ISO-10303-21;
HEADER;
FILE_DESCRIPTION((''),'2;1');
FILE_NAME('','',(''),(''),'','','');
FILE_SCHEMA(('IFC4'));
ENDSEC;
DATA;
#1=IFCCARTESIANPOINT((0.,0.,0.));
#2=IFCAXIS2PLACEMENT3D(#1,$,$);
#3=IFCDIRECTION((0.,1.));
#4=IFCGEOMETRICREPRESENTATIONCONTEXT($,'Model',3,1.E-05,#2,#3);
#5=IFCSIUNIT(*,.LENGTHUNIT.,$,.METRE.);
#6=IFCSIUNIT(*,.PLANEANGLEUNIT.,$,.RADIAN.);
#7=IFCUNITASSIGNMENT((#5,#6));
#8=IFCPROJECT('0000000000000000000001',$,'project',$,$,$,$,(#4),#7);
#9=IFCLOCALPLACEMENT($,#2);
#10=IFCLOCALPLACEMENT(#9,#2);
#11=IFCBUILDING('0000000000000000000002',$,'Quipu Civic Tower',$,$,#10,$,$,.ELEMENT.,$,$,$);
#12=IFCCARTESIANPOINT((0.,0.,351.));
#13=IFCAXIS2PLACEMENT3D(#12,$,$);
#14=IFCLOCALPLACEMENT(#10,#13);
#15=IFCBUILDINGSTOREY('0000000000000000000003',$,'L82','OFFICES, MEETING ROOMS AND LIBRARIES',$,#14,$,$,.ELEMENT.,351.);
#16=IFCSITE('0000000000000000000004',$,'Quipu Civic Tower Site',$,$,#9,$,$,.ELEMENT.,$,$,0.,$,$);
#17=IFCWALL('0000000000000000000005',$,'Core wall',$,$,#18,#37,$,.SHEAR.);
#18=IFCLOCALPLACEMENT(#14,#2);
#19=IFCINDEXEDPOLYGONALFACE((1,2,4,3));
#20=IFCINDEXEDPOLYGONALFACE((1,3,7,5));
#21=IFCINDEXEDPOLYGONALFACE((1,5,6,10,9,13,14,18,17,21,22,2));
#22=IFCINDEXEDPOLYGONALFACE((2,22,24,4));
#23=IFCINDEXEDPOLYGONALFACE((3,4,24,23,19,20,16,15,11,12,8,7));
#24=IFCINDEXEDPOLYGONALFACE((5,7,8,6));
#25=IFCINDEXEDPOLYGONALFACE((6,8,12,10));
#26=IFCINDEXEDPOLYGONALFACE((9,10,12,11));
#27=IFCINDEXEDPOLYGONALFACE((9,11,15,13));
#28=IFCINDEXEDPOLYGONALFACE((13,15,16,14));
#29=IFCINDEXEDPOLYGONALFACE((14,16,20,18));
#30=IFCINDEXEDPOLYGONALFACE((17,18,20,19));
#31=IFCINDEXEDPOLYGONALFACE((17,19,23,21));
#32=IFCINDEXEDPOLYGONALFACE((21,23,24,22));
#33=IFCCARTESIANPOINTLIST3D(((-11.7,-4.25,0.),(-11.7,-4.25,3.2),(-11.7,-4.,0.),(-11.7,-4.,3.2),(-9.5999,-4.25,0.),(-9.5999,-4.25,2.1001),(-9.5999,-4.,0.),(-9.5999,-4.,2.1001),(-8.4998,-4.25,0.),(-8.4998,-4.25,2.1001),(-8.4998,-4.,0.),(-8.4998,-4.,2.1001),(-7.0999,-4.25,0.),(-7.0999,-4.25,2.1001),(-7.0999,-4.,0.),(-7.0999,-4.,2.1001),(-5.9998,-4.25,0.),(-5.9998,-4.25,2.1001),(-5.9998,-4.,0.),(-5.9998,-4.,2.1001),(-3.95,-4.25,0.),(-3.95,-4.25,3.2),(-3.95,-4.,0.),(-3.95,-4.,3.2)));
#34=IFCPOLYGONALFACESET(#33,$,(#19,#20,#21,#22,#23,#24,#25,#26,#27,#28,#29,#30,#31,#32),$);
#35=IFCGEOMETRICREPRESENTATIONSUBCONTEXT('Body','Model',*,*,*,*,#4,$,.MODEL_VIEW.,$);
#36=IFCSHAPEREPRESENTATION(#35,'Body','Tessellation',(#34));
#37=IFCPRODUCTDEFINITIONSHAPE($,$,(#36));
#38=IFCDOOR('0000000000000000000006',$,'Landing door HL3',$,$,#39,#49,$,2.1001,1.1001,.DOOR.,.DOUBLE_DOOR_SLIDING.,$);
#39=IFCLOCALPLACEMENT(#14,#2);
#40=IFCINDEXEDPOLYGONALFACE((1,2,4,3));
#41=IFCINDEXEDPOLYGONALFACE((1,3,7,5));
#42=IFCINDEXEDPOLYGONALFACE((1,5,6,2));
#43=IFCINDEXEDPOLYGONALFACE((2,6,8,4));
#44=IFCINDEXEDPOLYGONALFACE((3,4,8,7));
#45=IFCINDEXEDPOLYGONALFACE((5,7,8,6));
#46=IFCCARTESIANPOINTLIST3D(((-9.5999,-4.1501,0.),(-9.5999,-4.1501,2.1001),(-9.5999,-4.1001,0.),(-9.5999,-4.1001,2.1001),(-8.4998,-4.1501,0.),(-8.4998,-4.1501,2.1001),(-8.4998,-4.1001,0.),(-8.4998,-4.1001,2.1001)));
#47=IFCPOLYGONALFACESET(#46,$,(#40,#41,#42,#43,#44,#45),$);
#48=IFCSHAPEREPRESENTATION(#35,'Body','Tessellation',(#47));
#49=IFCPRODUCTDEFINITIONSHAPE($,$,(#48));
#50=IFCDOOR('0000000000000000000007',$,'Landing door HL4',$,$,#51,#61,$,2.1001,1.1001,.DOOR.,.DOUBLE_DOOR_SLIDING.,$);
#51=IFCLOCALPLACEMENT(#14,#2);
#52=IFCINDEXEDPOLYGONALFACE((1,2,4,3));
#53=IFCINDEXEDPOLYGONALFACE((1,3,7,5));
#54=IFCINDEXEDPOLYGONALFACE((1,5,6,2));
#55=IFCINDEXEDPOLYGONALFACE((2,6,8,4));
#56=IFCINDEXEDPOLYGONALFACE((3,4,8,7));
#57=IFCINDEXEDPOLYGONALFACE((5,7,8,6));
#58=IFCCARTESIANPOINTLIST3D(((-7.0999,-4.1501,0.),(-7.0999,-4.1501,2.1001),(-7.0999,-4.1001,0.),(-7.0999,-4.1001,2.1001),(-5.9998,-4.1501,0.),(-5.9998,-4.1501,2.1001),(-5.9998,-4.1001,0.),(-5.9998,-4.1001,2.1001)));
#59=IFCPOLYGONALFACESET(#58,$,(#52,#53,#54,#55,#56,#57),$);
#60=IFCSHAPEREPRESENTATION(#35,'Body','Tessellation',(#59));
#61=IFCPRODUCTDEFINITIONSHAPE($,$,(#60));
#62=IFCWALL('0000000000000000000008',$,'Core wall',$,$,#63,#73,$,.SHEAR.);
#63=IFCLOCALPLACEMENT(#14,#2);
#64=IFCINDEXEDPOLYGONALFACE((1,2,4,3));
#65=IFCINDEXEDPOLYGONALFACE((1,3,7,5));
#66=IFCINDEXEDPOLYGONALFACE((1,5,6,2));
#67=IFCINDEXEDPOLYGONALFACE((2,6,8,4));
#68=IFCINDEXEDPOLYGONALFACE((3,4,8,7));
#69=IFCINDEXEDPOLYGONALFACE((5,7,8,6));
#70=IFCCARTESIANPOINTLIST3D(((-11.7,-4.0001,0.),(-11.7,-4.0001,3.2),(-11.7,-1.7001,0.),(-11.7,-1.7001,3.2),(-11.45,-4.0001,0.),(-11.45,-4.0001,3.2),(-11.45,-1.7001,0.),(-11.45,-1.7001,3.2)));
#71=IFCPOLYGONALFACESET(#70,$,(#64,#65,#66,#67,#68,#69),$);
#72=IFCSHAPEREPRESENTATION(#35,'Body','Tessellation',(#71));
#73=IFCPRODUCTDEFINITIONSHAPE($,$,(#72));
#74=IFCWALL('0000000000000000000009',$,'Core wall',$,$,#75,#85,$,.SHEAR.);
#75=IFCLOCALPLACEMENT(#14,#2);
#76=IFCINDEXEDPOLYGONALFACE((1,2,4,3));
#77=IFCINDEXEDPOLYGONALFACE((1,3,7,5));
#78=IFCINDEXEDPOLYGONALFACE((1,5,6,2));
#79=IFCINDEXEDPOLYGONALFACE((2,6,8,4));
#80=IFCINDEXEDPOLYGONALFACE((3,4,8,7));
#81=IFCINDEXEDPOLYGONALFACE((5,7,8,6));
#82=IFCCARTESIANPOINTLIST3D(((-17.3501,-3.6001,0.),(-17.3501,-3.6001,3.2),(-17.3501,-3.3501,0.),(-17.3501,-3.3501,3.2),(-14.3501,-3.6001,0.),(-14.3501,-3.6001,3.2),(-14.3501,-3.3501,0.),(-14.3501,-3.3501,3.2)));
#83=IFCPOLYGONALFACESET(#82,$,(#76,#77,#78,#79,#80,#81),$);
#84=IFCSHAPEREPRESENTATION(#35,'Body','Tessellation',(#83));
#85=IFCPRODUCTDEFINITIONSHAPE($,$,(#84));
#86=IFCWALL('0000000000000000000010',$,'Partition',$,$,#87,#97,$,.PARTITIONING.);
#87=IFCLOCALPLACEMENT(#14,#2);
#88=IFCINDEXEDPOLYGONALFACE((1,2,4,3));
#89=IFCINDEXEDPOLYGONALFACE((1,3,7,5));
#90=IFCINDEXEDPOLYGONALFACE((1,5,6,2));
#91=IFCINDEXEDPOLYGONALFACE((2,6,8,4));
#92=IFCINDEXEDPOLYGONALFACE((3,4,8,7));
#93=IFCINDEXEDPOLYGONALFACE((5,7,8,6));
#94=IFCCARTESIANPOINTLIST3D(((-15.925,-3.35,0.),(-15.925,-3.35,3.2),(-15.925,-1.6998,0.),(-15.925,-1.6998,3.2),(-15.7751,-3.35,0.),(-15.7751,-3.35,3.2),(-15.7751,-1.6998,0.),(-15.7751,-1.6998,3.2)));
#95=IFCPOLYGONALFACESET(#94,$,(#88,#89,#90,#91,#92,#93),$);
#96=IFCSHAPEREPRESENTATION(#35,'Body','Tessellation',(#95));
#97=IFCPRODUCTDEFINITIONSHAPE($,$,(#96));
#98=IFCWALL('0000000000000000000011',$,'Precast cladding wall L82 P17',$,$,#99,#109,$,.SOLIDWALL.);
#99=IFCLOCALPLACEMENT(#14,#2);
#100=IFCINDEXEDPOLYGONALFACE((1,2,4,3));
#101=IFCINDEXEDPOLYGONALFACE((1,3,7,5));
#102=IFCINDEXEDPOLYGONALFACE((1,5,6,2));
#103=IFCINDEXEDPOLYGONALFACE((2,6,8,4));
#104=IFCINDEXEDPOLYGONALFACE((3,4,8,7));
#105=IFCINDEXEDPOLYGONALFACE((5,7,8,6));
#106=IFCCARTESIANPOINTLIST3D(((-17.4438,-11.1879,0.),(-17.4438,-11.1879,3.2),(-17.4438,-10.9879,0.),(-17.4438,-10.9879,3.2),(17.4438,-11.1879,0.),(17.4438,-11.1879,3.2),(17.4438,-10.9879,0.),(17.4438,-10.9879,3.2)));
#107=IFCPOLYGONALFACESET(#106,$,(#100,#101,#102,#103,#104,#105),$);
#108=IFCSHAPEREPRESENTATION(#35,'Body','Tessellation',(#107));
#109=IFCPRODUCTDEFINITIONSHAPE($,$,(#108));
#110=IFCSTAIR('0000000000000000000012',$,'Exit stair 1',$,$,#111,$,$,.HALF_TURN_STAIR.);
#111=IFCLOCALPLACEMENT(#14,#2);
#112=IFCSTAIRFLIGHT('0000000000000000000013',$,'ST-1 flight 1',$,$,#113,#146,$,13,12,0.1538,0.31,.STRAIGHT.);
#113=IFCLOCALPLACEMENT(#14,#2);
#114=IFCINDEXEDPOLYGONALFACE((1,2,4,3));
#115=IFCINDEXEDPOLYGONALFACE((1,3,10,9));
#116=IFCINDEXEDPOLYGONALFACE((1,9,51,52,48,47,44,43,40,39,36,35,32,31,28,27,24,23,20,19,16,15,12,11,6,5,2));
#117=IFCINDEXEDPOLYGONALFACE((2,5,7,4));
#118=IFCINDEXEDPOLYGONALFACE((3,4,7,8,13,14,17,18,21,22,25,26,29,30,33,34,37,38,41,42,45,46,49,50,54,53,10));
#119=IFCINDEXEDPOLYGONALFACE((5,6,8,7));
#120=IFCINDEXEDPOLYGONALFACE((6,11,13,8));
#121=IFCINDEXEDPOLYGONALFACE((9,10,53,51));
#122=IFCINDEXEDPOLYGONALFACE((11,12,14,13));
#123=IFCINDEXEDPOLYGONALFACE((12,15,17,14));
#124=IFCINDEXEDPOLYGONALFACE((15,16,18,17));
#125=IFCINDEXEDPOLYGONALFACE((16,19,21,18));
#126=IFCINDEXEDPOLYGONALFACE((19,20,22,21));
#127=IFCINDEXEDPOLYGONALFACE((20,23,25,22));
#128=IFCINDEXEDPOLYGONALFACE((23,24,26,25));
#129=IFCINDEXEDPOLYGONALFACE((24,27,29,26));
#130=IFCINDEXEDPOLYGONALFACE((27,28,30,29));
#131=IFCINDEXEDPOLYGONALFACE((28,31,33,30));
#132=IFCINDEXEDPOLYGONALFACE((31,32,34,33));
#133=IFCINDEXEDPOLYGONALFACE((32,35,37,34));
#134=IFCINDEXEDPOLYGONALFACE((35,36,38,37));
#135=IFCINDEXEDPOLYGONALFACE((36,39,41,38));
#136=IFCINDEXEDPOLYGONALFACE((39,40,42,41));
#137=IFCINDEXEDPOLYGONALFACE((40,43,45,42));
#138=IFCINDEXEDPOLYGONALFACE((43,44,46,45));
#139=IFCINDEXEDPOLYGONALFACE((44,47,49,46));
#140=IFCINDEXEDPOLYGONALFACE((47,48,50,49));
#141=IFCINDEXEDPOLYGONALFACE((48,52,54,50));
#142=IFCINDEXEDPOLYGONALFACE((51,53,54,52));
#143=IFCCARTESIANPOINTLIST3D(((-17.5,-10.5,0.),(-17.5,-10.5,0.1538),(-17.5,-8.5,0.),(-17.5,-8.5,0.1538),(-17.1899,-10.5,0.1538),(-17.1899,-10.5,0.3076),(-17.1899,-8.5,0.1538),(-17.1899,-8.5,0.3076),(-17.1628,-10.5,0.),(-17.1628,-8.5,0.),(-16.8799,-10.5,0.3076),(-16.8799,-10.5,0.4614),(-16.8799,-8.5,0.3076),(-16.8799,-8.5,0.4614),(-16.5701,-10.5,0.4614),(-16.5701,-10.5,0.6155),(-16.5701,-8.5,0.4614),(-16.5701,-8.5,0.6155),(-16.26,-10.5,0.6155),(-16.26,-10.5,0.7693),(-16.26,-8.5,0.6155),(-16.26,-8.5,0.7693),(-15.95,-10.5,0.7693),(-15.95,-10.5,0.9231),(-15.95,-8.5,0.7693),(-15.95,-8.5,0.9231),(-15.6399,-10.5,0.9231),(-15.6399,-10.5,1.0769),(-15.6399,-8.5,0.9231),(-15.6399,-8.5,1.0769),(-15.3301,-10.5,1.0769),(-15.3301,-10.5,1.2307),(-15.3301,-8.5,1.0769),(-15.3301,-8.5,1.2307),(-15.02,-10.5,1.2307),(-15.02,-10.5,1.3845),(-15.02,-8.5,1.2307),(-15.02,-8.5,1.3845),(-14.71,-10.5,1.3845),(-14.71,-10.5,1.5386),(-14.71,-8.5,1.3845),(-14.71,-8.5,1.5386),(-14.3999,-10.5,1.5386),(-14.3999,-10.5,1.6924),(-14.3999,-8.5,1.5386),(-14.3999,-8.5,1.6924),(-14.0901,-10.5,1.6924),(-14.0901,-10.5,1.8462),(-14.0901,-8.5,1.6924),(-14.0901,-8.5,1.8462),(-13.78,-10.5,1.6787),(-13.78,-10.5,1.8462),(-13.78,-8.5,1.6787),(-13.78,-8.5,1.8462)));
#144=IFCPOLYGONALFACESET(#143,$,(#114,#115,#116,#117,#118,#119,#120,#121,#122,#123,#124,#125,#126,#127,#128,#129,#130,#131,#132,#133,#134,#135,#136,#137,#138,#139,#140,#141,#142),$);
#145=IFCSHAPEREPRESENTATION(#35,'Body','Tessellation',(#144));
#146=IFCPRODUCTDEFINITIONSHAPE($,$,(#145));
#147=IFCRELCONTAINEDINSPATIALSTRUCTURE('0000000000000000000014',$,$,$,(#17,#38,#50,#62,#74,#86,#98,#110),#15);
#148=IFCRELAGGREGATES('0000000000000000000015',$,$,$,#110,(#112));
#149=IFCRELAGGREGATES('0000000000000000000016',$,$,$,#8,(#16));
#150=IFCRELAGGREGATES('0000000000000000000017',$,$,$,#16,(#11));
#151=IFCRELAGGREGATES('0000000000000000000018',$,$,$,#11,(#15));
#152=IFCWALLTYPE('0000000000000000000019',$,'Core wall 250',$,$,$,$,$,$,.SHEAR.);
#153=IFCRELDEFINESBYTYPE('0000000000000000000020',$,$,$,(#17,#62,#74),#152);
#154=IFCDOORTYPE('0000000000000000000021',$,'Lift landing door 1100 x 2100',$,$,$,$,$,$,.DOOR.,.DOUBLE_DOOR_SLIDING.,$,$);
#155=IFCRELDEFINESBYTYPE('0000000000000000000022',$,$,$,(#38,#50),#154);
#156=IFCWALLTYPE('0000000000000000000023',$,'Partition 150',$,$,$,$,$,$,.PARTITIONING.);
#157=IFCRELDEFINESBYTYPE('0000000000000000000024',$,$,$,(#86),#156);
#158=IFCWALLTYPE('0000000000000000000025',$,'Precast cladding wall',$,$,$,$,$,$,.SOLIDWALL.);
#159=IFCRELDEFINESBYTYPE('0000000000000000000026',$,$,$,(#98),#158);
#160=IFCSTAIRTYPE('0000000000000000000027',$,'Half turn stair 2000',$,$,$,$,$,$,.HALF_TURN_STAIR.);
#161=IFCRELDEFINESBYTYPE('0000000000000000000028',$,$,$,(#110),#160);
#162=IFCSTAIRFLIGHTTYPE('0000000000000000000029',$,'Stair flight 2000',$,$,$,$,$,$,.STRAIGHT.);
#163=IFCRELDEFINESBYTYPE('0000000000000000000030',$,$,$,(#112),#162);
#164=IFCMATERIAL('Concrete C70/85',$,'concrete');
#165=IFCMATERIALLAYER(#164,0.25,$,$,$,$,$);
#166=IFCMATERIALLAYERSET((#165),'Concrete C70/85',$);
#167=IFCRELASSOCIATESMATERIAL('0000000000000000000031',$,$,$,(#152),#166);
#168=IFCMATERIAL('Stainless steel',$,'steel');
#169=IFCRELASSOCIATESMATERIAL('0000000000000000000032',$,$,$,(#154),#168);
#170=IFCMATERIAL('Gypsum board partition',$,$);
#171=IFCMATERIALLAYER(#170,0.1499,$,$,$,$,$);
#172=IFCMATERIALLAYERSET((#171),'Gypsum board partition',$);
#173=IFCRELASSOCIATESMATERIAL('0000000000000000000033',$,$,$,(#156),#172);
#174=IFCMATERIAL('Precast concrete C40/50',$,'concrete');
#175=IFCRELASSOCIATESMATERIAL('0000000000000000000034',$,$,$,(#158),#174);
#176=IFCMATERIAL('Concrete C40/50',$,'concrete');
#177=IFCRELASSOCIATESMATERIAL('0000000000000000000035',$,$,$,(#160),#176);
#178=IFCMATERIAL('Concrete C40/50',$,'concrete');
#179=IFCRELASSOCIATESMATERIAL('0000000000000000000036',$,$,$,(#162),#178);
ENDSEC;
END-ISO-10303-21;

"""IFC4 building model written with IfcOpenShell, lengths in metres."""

from ifc_helpers import new_model, si_unit, direction, frame, frame_2d, origin, place, context, subcontext, project, spatial, polyline, rectangle, outline, extrude, material, layer, layer_set, type_object, element, fill, aggregate, save


model = new_model("IFC4")

# Units and contexts
model_context = context("Model", 3, precision=1e-05, world=origin(), true_north=direction((0.0, 1.0)))
body_context = subcontext(model_context, "Body", "Model", "MODEL_VIEW")
ifc_project = project(units=[si_unit("LENGTHUNIT", "METRE"), si_unit("PLANEANGLEUNIT", "RADIAN")], contexts=[model_context])

# Site, building, storey
site_placement = place(None, origin())
site = spatial("IfcSite", under=ifc_project, at=site_placement, Name="Quipu Civic Tower Site", CompositionType="ELEMENT", RefElevation=0.0)
building_placement = place(site_placement, origin())
building = spatial("IfcBuilding", under=site, at=building_placement, Name="Quipu Civic Tower", CompositionType="ELEMENT")
storey_placement = place(building_placement, frame((0.0, 0.0, 351.0)))
storey = spatial("IfcBuildingStorey", under=building, at=storey_placement, Name="L82", Description="OFFICES, MEETING ROOMS AND LIBRARIES", CompositionType="ELEMENT", Elevation=351.0)

# Shared definitions
ifc_material_1 = material(Name="Concrete C70/85", Category="concrete")
ifc_layer_1 = layer(ifc_material_1, 0.25)
ifc_layer_set_1 = layer_set([ifc_layer_1], Name="Concrete C70/85")
wall_type_1 = type_object("IfcWallType", Name="Core wall 250", PredefinedType="SHEAR", material=ifc_layer_set_1)

# Wall, openings, doors
wall_1_placement = place(storey_placement, frame((-11.7, -4.125, 0.0), z_axis=(0.0, 0.0, 1.0), x_axis=(1.0, 0.0, 0.0)))
wall_1 = element("IfcWall", 1, at=wall_1_placement, inside=storey, type_object=wall_type_1, Name="Core wall", PredefinedType="SHEAR", context=body_context, shape_type="SweptSolid", body=[
    extrude(rectangle(XDim=7.75, YDim=0.25, at=frame_2d((3.875, 0.0))), origin(), (0.0, 0.0, 1.0), 3.2),
])
opening_1_placement = place(wall_1_placement, frame((2.1001, 0.0, 0.0)))
opening_1 = element("IfcOpeningElement", 2, at=opening_1_placement, cuts=wall_1, PredefinedType="OPENING", context=body_context, shape_type="SweptSolid", body=[
    extrude(rectangle(XDim=1.1001, YDim=2.1001, at=frame_2d((0.55, 1.05))), frame((0.0, 0.135, 0.0), z_axis=(0.0, -1.0, 0.0), x_axis=(1.0, 0.0, 0.0)), (0.0, 0.0, 1.0), 0.27),
])
opening_2_placement = place(wall_1_placement, frame((4.6001, 0.0, 0.0)))
opening_2 = element("IfcOpeningElement", 3, at=opening_2_placement, cuts=wall_1, PredefinedType="OPENING", context=body_context, shape_type="SweptSolid", body=[
    extrude(rectangle(XDim=1.1001, YDim=2.1001, at=frame_2d((0.55, 1.05))), frame((0.0, 0.135, 0.0), z_axis=(0.0, -1.0, 0.0), x_axis=(1.0, 0.0, 0.0)), (0.0, 0.0, 1.0), 0.27),
])
ifc_material_2 = material(Name="Stainless steel", Category="steel")
door_type_1 = type_object("IfcDoorType", Name="Lift landing door 1100 x 2100", OperationType="DOUBLE_DOOR_SLIDING", PredefinedType="DOOR", material=ifc_material_2)
door_1_placement = place(opening_1_placement, origin())
door_1 = element("IfcDoor", 4, at=door_1_placement, inside=storey, type_object=door_type_1, Name="Landing door HL3", OperationType="DOUBLE_DOOR_SLIDING", OverallHeight=2.1001, OverallWidth=1.1001, PredefinedType="DOOR", context=body_context, shape_type="SweptSolid", body=[
    extrude(rectangle(XDim=1.1001, YDim=2.1001, at=frame_2d((0.55, 1.05))), frame((0.0, 0.0249, 0.0), z_axis=(0.0, -1.0, 0.0), x_axis=(1.0, 0.0, 0.0)), (0.0, 0.0, 1.0), 0.05),
])
fill(opening_1, door_1)
door_2_placement = place(opening_2_placement, origin())
door_2 = element("IfcDoor", 5, at=door_2_placement, inside=storey, type_object=door_type_1, Name="Landing door HL4", OperationType="DOUBLE_DOOR_SLIDING", OverallHeight=2.1001, OverallWidth=1.1001, PredefinedType="DOOR", context=body_context, shape_type="SweptSolid", body=[
    extrude(rectangle(XDim=1.1001, YDim=2.1001, at=frame_2d((0.55, 1.05))), frame((0.0, 0.0249, 0.0), z_axis=(0.0, -1.0, 0.0), x_axis=(1.0, 0.0, 0.0)), (0.0, 0.0, 1.0), 0.05),
])
fill(opening_2, door_2)

# Walls
wall_2_placement = place(storey_placement, frame((-11.575, -4.0, 0.0), z_axis=(0.0, 0.0, 1.0), x_axis=(0.0, 1.0, 0.0)))
element("IfcWall", 6, at=wall_2_placement, inside=storey, type_object=wall_type_1, Name="Core wall", PredefinedType="SHEAR", context=body_context, shape_type="SweptSolid", body=[
    extrude(rectangle(XDim=2.3, YDim=0.25, at=frame_2d((1.1499, 0.0))), origin(), (0.0, 0.0, 1.0), 3.2),
])
wall_3_placement = place(storey_placement, frame((-17.3501, -3.4751, 0.0), z_axis=(0.0, 0.0, 1.0), x_axis=(1.0, 0.0, 0.0)))
element("IfcWall", 7, at=wall_3_placement, inside=storey, type_object=wall_type_1, Name="Core wall", PredefinedType="SHEAR", context=body_context, shape_type="SweptSolid", body=[
    extrude(rectangle(XDim=3.0, YDim=0.25, at=frame_2d((1.5, 0.0))), origin(), (0.0, 0.0, 1.0), 3.2),
])
ifc_material_3 = material(Name="Gypsum board partition")
ifc_layer_2 = layer(ifc_material_3, 0.1499)
ifc_layer_set_2 = layer_set([ifc_layer_2], Name="Gypsum board partition")
wall_type_2 = type_object("IfcWallType", Name="Partition 150", PredefinedType="PARTITIONING", material=ifc_layer_set_2)
wall_4_placement = place(storey_placement, frame((-15.8501, -3.3501, 0.0), z_axis=(0.0, 0.0, 1.0), x_axis=(0.0, 1.0, 0.0)))
element("IfcWall", 8, at=wall_4_placement, inside=storey, type_object=wall_type_2, Name="Partition", PredefinedType="PARTITIONING", context=body_context, shape_type="SweptSolid", body=[
    extrude(rectangle(XDim=1.6501, YDim=0.1499, at=frame_2d((0.8252, 0.0))), origin(), (0.0, 0.0, 1.0), 3.2),
])
ifc_material_4 = material(Name="Precast concrete C40/50", Category="concrete")
wall_type_3 = type_object("IfcWallType", Name="Precast cladding wall", PredefinedType="SOLIDWALL", material=ifc_material_4)
wall_5_placement = place(storey_placement, frame((-17.4438, -11.0879, 0.0), z_axis=(0.0, 0.0, 1.0), x_axis=(1.0, 0.0, 0.0)))
element("IfcWall", 9, at=wall_5_placement, inside=storey, type_object=wall_type_3, Name="Precast cladding wall L82 P17", PredefinedType="SOLIDWALL", context=body_context, shape_type="SweptSolid", body=[
    extrude(rectangle(XDim=34.8877, YDim=0.2, at=frame_2d((17.4438, 0.0))), origin(), (0.0, 0.0, 1.0), 3.2),
])

# Stair, stair flight
ifc_material_5 = material(Name="Concrete C40/50", Category="concrete")
stair_type = type_object("IfcStairType", Name="Half turn stair 2000", PredefinedType="HALF_TURN_STAIR", material=ifc_material_5)
stair_placement = place(storey_placement, origin())
stair = element("IfcStair", 10, at=stair_placement, inside=storey, type_object=stair_type, Name="Exit stair 1", PredefinedType="HALF_TURN_STAIR")
ifc_material_6 = material(Name="Concrete C40/50", Category="concrete")
stair_flight_type = type_object("IfcStairFlightType", Name="Stair flight 2000", PredefinedType="STRAIGHT", material=ifc_material_6)
stair_flight_1_placement = place(storey_placement, frame((-17.5, -9.5, 0.0), z_axis=(0.0, 0.0, 1.0), x_axis=(1.0, 0.0, 0.0)))
stair_flight_1 = element("IfcStairFlight", 11, at=stair_flight_1_placement, type_object=stair_flight_type, Name="ST-1 flight 1", NumberOfRisers=13, NumberOfTreads=12, PredefinedType="STRAIGHT", RiserHeight=0.1538, TreadLength=0.31, context=body_context, shape_type="SweptSolid", body=[
    extrude(outline(polyline([(0.0, 0.0), (0.0, 0.1538), (0.3101, 0.1538), (0.3101, 0.3076), (0.6201, 0.3076), (0.6201, 0.4614), (0.9299, 0.4614), (0.9299, 0.6155), (1.24, 0.6155), (1.24, 0.7693), (1.55, 0.7693), (1.55, 0.9231), (1.8601, 0.9231), (1.8601, 1.0769), (2.1699, 1.0769), (2.1699, 1.2307), (2.48, 1.2307), (2.48, 1.3845), (2.79, 1.3845), (2.79, 1.5386), (3.1001, 1.5386), (3.1001, 1.6924), (3.4099, 1.6924), (3.4099, 1.8462), (3.72, 1.8462), (3.72, 2.0), (3.72, 1.6787), (0.3372, 0.0), (0.0, 0.0)])), frame((0.0, 1.0, 0.0), z_axis=(0.0, -1.0, 0.0), x_axis=(1.0, 0.0, 0.0)), (0.0, 0.0, 1.0), 2.0),
])
aggregate(stair, [stair_flight_1])

save(model, "model.ifc")
